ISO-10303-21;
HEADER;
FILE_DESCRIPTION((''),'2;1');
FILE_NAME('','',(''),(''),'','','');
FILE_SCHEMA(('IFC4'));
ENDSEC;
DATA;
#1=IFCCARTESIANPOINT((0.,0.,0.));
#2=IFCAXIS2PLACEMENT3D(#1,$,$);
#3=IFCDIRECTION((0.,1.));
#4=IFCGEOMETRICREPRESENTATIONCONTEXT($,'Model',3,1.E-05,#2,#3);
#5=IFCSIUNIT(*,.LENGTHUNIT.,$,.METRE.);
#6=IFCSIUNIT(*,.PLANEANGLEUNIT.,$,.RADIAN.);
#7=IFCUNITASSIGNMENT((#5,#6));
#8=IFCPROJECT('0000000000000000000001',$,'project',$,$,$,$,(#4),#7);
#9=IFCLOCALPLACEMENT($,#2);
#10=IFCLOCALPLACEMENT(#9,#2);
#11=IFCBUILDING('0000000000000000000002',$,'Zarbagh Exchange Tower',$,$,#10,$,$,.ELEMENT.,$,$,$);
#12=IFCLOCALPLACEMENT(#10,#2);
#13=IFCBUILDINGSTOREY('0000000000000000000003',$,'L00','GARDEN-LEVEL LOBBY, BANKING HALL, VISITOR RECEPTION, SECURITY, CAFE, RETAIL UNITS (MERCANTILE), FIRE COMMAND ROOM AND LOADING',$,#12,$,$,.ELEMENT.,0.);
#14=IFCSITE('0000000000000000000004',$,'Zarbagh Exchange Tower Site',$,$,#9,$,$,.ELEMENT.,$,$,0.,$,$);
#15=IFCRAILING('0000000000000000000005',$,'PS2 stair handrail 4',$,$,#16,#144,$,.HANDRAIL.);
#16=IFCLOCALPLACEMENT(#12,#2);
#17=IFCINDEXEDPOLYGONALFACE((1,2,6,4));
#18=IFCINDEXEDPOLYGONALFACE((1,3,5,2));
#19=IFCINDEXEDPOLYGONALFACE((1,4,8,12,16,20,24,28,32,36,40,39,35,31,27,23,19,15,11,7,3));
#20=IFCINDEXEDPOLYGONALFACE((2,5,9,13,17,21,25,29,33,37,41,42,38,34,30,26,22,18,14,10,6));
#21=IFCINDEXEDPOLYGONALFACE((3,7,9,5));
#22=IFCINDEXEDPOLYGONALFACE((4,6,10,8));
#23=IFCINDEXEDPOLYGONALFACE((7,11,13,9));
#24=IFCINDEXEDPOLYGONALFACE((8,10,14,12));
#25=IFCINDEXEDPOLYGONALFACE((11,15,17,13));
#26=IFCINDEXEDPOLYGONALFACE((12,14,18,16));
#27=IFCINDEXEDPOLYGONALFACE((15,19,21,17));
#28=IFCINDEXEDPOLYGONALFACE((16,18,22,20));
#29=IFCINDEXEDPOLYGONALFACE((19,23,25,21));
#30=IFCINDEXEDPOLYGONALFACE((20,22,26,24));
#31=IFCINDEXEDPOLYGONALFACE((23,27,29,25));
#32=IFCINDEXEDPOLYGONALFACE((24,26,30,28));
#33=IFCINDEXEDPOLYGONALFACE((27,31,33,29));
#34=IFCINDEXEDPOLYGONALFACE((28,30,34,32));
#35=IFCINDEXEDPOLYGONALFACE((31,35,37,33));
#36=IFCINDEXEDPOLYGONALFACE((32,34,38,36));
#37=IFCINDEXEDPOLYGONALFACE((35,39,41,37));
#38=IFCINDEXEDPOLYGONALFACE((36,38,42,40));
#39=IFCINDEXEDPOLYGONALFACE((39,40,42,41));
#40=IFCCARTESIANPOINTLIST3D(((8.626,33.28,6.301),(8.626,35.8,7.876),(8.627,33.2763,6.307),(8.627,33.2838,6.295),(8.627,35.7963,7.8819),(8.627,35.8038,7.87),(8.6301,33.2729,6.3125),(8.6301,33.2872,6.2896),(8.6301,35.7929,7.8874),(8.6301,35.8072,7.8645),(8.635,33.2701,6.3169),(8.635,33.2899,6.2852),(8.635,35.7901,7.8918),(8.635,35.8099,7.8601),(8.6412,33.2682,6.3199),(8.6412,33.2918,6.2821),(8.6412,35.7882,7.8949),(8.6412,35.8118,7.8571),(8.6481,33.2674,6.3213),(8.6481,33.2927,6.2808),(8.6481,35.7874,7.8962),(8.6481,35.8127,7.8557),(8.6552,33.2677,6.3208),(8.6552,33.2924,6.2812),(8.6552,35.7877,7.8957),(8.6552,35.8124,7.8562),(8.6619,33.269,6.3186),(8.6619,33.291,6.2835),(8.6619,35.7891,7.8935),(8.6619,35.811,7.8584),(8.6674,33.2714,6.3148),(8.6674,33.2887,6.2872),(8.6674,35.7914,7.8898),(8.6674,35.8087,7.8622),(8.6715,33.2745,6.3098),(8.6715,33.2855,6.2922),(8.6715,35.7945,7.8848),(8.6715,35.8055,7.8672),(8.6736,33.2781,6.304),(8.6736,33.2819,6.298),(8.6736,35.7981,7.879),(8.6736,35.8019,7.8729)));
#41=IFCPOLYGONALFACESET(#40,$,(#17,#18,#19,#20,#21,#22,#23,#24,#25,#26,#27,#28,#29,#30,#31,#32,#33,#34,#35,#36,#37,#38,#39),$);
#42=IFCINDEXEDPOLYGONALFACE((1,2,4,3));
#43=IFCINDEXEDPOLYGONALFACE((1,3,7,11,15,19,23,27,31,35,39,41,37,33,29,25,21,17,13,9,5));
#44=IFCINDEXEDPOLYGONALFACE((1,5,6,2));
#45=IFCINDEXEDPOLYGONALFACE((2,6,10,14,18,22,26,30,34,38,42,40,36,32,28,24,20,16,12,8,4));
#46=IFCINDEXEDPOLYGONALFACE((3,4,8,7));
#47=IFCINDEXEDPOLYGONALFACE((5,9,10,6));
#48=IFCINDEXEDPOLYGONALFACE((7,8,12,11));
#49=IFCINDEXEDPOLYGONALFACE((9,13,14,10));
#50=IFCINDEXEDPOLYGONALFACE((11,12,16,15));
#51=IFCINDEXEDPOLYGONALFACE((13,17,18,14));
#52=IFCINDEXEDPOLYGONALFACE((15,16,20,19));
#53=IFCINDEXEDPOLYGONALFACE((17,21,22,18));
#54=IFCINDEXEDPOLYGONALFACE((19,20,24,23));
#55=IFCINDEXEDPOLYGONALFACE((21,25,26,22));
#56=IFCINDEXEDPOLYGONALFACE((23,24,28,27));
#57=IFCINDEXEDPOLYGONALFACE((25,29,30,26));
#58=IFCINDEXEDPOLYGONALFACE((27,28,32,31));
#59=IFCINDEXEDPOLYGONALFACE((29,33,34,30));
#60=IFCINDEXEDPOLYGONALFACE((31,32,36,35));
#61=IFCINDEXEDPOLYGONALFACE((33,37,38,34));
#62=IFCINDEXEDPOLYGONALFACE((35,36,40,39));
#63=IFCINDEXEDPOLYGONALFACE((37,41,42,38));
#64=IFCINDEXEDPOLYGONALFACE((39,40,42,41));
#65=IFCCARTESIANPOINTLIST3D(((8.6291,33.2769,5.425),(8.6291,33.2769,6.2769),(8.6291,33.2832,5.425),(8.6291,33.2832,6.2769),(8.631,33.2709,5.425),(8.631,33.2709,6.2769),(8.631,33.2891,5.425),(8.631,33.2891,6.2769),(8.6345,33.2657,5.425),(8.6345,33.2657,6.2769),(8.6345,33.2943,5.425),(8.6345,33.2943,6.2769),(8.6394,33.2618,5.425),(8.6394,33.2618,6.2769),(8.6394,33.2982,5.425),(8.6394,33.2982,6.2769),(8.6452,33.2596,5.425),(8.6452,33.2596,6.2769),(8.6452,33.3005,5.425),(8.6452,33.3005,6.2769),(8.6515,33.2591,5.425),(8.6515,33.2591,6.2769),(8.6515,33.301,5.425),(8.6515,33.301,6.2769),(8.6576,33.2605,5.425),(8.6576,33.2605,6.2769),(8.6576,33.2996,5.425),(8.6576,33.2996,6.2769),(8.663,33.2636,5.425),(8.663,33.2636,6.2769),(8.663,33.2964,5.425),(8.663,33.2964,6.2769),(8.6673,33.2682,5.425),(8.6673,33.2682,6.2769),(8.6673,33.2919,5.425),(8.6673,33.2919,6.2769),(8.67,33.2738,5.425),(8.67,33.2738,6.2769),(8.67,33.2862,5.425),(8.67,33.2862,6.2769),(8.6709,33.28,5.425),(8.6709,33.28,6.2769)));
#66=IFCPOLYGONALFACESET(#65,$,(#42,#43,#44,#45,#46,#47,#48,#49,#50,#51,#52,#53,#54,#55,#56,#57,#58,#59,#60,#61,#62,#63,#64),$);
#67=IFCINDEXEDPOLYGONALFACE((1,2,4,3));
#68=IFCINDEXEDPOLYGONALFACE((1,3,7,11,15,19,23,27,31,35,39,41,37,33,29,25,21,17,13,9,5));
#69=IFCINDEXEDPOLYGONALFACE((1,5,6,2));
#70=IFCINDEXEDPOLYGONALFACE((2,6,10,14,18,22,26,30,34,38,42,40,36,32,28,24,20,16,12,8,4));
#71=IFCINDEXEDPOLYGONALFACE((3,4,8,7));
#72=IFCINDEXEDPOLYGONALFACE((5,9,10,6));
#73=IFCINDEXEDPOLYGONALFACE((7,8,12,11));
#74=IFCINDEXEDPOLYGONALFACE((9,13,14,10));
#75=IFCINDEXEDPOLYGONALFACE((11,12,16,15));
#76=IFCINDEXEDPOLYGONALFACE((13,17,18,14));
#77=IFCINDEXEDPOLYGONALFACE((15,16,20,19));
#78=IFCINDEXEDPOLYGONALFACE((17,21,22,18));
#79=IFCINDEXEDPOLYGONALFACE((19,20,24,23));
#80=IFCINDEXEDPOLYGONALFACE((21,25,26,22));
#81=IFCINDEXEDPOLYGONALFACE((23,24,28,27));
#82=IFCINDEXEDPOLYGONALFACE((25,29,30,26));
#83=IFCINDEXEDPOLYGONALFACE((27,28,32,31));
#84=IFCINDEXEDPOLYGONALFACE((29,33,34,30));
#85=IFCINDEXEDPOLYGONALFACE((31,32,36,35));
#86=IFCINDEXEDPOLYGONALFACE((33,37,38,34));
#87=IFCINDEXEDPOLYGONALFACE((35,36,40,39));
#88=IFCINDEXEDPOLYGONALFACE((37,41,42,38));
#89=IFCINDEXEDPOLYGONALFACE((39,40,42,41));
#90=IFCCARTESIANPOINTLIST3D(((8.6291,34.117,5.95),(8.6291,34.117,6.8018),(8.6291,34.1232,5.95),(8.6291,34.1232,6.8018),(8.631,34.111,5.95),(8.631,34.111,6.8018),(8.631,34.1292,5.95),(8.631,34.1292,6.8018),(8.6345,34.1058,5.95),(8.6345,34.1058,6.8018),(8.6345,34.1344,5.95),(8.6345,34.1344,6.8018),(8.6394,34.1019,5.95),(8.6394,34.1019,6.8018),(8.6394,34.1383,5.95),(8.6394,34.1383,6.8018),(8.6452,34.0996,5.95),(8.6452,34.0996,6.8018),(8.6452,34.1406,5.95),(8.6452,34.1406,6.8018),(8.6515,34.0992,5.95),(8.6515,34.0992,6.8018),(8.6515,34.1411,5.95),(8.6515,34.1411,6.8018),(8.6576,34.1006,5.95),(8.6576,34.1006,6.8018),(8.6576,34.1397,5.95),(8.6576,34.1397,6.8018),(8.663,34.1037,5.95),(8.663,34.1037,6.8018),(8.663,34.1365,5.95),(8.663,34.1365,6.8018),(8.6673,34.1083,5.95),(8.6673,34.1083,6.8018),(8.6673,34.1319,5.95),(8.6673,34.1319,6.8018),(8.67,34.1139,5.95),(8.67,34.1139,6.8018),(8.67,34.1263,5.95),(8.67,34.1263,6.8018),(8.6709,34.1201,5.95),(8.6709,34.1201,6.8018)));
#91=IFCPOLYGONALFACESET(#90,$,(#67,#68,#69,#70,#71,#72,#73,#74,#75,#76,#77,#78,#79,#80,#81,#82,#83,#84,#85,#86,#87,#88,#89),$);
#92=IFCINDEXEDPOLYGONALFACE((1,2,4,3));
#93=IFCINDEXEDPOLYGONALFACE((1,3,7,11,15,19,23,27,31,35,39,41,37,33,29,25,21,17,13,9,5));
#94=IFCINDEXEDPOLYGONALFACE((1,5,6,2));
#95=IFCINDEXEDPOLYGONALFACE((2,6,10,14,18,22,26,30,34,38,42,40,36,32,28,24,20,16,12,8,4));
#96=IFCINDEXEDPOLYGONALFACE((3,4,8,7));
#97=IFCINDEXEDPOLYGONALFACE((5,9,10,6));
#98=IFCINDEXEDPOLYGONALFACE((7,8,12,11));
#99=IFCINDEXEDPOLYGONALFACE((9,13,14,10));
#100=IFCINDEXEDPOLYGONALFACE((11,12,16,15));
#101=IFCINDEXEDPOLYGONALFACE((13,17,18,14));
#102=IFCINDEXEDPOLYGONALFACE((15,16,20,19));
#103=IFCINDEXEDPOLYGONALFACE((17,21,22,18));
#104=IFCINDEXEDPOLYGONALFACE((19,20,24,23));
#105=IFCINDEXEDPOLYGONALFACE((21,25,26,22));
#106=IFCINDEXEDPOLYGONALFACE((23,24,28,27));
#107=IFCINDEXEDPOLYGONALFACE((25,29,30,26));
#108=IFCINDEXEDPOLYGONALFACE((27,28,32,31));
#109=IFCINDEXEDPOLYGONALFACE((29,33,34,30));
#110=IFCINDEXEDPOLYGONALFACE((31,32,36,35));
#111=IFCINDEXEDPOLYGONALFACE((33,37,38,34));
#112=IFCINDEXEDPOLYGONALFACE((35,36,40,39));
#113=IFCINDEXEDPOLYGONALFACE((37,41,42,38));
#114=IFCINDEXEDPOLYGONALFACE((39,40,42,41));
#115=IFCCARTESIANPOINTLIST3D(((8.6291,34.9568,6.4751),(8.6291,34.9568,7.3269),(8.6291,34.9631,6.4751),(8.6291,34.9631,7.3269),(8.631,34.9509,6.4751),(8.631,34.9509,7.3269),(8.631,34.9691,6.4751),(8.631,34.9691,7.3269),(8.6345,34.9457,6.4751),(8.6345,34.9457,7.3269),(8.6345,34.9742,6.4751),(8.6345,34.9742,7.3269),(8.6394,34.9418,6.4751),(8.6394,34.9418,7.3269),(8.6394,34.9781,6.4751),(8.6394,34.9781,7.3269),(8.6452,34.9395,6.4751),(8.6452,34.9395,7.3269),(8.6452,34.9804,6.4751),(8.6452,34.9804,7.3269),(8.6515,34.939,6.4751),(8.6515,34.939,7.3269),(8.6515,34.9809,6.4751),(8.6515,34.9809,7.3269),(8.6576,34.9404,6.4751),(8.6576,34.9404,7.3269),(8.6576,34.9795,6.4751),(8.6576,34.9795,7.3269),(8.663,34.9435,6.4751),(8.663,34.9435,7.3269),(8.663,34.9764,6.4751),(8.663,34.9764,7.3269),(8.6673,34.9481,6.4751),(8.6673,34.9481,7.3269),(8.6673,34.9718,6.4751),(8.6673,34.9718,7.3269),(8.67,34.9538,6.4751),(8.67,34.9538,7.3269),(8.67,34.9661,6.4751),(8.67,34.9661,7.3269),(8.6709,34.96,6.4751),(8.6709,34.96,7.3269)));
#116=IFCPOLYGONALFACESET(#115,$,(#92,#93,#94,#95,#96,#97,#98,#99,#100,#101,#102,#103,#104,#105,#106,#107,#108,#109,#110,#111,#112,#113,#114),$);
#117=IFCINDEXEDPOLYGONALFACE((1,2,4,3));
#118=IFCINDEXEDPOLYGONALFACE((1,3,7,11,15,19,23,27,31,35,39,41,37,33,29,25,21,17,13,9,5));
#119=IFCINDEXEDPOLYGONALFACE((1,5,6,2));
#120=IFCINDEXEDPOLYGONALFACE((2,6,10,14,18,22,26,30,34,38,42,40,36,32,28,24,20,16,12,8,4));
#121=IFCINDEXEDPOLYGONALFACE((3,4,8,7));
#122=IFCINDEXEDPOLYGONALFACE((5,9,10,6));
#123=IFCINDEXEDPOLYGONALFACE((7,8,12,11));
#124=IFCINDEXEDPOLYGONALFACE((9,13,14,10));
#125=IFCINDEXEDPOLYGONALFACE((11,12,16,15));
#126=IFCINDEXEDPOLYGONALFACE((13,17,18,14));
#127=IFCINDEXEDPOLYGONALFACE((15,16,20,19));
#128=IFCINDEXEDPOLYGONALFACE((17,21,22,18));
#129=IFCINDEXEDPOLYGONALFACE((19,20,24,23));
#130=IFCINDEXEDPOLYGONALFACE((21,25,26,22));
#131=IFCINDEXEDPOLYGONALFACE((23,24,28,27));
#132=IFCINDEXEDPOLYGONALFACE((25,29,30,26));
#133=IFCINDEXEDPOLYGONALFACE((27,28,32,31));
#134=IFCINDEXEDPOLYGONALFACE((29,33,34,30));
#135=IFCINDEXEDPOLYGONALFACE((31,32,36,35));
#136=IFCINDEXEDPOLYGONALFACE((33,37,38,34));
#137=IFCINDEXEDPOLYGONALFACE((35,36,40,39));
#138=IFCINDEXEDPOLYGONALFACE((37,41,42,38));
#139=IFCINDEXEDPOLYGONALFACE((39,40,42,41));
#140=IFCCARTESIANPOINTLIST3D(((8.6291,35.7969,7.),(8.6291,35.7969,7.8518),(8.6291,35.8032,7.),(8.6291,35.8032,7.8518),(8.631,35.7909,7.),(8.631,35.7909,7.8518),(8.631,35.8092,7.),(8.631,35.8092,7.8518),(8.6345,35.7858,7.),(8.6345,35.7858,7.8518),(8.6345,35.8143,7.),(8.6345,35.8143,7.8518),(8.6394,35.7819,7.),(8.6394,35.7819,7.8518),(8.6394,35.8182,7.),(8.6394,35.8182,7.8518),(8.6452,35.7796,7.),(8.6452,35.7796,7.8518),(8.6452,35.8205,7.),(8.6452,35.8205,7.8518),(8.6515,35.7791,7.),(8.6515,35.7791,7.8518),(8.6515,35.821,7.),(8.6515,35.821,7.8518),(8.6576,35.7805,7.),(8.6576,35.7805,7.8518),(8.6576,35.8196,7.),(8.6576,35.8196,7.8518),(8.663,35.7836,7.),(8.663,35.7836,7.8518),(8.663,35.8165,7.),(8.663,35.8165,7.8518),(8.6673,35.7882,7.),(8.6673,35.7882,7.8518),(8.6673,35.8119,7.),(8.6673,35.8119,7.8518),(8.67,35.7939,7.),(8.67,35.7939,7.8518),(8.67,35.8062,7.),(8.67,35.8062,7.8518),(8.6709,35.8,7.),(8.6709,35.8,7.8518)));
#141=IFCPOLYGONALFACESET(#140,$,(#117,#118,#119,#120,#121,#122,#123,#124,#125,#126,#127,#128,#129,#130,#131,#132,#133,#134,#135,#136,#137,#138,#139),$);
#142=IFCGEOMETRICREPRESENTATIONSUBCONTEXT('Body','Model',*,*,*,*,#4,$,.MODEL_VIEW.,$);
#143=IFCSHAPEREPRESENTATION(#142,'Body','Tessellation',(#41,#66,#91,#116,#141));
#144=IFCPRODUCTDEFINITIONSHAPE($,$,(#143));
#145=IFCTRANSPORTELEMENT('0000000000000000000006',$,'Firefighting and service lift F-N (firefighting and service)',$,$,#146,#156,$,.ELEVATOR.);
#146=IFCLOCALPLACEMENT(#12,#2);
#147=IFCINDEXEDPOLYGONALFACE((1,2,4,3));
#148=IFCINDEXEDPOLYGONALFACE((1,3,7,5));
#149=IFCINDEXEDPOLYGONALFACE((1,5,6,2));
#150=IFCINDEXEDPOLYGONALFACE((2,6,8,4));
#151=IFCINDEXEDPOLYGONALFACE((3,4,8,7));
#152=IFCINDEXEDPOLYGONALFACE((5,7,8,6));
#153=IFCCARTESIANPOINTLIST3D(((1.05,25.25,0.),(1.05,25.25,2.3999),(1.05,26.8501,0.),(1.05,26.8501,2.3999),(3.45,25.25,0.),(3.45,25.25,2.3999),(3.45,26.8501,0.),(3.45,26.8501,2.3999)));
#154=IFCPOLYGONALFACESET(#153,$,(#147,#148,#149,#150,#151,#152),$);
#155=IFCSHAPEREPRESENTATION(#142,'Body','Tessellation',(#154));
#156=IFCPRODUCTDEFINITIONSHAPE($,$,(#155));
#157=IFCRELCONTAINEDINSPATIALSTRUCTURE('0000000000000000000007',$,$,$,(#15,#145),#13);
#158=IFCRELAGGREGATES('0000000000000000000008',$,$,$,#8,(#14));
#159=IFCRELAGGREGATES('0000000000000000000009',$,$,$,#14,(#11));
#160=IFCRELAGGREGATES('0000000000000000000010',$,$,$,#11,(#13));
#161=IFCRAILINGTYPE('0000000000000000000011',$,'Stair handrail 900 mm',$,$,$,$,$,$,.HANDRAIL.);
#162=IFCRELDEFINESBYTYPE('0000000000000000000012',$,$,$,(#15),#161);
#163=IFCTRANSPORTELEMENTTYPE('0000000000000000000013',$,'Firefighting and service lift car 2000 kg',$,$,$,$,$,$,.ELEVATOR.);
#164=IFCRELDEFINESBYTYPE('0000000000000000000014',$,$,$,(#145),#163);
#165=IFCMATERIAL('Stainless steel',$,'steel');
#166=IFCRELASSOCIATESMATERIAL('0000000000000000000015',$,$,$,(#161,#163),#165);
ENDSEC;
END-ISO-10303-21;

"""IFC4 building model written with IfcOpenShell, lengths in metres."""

from ifc_helpers import new_model, si_unit, direction, frame, origin, origin_2d, place, context, subcontext, project, spatial, rectangle, circle, extrude, material, type_object, element, save


model = new_model("IFC4")

# Units and contexts
model_context = context("Model", 3, precision=1e-05, world=origin(), true_north=direction((0.0, 1.0)))
body_context = subcontext(model_context, "Body", "Model", "MODEL_VIEW")
ifc_project = project(units=[si_unit("LENGTHUNIT", "METRE"), si_unit("PLANEANGLEUNIT", "RADIAN")], contexts=[model_context])

# Site, building, storey
site_placement = place(None, origin())
site = spatial("IfcSite", under=ifc_project, at=site_placement, Name="Zarbagh Exchange Tower Site", CompositionType="ELEMENT", RefElevation=0.0)
building_placement = place(site_placement, origin())
building = spatial("IfcBuilding", under=site, at=building_placement, Name="Zarbagh Exchange Tower", CompositionType="ELEMENT")
storey_placement = place(building_placement, origin())
storey = spatial("IfcBuildingStorey", under=building, at=storey_placement, Name="L00", Description="GARDEN-LEVEL LOBBY, BANKING HALL, VISITOR RECEPTION, SECURITY, CAFE, RETAIL UNITS (MERCANTILE), FIRE COMMAND ROOM AND LOADING", CompositionType="ELEMENT", Elevation=0.0)

# Shared definitions
ifc_material_1 = material(Name="Stainless steel", Category="steel")

# Railing
railing_type_1 = type_object("IfcRailingType", Name="Stair handrail 900 mm", PredefinedType="HANDRAIL", material=ifc_material_1)
for number, where, name in (
    (1, (8.6499, 33.28, 5.425), "PS2 stair handrail 4"),
):
    element("IfcRailing", number, at=place(storey_placement, frame(where)), inside=storey, type_object=railing_type_1, Name=name, PredefinedType="HANDRAIL", context=body_context, shape_type="SweptSolid", body=[
        extrude(circle(Radius=0.0239, at=origin_2d()), frame((0.0, 0.0, 0.876), z_axis=(0.0, 0.848008, 0.529984), x_axis=(-1.0, 0.0, 0.0)), (0.0, 0.0, 1.0), 2.9717),
        extrude(circle(Radius=0.021, at=origin_2d()), origin(), (0.0, 0.0, 1.0), 0.8518),
        extrude(circle(Radius=0.021, at=origin_2d()), frame((0.0, 0.8401, 0.5249)), (0.0, 0.0, 1.0), 0.8518),
        extrude(circle(Radius=0.021, at=origin_2d()), frame((0.0, 1.6799, 1.05)), (0.0, 0.0, 1.0), 0.8518),
        extrude(circle(Radius=0.021, at=origin_2d()), frame((0.0, 2.52, 1.575)), (0.0, 0.0, 1.0), 0.8518),
    ])

# Transport element
transport_element_type = type_object("IfcTransportElementType", Name="Firefighting and service lift car 2000 kg", PredefinedType="ELEVATOR", material=ifc_material_1)
transport_element_placement = place(storey_placement, frame((2.25, 26.05, 0.0), z_axis=(0.0, 0.0, 1.0), x_axis=(1.0, 0.0, 0.0)))
element("IfcTransportElement", 2, at=transport_element_placement, inside=storey, type_object=transport_element_type, Name="Firefighting and service lift F-N (firefighting and service)", PredefinedType="ELEVATOR", context=body_context, shape_type="SweptSolid", body=[
    extrude(rectangle(XDim=2.3999, YDim=1.6001, at=origin_2d()), origin(), (0.0, 0.0, 1.0), 2.3999),
])

save(model, "model.ifc")
